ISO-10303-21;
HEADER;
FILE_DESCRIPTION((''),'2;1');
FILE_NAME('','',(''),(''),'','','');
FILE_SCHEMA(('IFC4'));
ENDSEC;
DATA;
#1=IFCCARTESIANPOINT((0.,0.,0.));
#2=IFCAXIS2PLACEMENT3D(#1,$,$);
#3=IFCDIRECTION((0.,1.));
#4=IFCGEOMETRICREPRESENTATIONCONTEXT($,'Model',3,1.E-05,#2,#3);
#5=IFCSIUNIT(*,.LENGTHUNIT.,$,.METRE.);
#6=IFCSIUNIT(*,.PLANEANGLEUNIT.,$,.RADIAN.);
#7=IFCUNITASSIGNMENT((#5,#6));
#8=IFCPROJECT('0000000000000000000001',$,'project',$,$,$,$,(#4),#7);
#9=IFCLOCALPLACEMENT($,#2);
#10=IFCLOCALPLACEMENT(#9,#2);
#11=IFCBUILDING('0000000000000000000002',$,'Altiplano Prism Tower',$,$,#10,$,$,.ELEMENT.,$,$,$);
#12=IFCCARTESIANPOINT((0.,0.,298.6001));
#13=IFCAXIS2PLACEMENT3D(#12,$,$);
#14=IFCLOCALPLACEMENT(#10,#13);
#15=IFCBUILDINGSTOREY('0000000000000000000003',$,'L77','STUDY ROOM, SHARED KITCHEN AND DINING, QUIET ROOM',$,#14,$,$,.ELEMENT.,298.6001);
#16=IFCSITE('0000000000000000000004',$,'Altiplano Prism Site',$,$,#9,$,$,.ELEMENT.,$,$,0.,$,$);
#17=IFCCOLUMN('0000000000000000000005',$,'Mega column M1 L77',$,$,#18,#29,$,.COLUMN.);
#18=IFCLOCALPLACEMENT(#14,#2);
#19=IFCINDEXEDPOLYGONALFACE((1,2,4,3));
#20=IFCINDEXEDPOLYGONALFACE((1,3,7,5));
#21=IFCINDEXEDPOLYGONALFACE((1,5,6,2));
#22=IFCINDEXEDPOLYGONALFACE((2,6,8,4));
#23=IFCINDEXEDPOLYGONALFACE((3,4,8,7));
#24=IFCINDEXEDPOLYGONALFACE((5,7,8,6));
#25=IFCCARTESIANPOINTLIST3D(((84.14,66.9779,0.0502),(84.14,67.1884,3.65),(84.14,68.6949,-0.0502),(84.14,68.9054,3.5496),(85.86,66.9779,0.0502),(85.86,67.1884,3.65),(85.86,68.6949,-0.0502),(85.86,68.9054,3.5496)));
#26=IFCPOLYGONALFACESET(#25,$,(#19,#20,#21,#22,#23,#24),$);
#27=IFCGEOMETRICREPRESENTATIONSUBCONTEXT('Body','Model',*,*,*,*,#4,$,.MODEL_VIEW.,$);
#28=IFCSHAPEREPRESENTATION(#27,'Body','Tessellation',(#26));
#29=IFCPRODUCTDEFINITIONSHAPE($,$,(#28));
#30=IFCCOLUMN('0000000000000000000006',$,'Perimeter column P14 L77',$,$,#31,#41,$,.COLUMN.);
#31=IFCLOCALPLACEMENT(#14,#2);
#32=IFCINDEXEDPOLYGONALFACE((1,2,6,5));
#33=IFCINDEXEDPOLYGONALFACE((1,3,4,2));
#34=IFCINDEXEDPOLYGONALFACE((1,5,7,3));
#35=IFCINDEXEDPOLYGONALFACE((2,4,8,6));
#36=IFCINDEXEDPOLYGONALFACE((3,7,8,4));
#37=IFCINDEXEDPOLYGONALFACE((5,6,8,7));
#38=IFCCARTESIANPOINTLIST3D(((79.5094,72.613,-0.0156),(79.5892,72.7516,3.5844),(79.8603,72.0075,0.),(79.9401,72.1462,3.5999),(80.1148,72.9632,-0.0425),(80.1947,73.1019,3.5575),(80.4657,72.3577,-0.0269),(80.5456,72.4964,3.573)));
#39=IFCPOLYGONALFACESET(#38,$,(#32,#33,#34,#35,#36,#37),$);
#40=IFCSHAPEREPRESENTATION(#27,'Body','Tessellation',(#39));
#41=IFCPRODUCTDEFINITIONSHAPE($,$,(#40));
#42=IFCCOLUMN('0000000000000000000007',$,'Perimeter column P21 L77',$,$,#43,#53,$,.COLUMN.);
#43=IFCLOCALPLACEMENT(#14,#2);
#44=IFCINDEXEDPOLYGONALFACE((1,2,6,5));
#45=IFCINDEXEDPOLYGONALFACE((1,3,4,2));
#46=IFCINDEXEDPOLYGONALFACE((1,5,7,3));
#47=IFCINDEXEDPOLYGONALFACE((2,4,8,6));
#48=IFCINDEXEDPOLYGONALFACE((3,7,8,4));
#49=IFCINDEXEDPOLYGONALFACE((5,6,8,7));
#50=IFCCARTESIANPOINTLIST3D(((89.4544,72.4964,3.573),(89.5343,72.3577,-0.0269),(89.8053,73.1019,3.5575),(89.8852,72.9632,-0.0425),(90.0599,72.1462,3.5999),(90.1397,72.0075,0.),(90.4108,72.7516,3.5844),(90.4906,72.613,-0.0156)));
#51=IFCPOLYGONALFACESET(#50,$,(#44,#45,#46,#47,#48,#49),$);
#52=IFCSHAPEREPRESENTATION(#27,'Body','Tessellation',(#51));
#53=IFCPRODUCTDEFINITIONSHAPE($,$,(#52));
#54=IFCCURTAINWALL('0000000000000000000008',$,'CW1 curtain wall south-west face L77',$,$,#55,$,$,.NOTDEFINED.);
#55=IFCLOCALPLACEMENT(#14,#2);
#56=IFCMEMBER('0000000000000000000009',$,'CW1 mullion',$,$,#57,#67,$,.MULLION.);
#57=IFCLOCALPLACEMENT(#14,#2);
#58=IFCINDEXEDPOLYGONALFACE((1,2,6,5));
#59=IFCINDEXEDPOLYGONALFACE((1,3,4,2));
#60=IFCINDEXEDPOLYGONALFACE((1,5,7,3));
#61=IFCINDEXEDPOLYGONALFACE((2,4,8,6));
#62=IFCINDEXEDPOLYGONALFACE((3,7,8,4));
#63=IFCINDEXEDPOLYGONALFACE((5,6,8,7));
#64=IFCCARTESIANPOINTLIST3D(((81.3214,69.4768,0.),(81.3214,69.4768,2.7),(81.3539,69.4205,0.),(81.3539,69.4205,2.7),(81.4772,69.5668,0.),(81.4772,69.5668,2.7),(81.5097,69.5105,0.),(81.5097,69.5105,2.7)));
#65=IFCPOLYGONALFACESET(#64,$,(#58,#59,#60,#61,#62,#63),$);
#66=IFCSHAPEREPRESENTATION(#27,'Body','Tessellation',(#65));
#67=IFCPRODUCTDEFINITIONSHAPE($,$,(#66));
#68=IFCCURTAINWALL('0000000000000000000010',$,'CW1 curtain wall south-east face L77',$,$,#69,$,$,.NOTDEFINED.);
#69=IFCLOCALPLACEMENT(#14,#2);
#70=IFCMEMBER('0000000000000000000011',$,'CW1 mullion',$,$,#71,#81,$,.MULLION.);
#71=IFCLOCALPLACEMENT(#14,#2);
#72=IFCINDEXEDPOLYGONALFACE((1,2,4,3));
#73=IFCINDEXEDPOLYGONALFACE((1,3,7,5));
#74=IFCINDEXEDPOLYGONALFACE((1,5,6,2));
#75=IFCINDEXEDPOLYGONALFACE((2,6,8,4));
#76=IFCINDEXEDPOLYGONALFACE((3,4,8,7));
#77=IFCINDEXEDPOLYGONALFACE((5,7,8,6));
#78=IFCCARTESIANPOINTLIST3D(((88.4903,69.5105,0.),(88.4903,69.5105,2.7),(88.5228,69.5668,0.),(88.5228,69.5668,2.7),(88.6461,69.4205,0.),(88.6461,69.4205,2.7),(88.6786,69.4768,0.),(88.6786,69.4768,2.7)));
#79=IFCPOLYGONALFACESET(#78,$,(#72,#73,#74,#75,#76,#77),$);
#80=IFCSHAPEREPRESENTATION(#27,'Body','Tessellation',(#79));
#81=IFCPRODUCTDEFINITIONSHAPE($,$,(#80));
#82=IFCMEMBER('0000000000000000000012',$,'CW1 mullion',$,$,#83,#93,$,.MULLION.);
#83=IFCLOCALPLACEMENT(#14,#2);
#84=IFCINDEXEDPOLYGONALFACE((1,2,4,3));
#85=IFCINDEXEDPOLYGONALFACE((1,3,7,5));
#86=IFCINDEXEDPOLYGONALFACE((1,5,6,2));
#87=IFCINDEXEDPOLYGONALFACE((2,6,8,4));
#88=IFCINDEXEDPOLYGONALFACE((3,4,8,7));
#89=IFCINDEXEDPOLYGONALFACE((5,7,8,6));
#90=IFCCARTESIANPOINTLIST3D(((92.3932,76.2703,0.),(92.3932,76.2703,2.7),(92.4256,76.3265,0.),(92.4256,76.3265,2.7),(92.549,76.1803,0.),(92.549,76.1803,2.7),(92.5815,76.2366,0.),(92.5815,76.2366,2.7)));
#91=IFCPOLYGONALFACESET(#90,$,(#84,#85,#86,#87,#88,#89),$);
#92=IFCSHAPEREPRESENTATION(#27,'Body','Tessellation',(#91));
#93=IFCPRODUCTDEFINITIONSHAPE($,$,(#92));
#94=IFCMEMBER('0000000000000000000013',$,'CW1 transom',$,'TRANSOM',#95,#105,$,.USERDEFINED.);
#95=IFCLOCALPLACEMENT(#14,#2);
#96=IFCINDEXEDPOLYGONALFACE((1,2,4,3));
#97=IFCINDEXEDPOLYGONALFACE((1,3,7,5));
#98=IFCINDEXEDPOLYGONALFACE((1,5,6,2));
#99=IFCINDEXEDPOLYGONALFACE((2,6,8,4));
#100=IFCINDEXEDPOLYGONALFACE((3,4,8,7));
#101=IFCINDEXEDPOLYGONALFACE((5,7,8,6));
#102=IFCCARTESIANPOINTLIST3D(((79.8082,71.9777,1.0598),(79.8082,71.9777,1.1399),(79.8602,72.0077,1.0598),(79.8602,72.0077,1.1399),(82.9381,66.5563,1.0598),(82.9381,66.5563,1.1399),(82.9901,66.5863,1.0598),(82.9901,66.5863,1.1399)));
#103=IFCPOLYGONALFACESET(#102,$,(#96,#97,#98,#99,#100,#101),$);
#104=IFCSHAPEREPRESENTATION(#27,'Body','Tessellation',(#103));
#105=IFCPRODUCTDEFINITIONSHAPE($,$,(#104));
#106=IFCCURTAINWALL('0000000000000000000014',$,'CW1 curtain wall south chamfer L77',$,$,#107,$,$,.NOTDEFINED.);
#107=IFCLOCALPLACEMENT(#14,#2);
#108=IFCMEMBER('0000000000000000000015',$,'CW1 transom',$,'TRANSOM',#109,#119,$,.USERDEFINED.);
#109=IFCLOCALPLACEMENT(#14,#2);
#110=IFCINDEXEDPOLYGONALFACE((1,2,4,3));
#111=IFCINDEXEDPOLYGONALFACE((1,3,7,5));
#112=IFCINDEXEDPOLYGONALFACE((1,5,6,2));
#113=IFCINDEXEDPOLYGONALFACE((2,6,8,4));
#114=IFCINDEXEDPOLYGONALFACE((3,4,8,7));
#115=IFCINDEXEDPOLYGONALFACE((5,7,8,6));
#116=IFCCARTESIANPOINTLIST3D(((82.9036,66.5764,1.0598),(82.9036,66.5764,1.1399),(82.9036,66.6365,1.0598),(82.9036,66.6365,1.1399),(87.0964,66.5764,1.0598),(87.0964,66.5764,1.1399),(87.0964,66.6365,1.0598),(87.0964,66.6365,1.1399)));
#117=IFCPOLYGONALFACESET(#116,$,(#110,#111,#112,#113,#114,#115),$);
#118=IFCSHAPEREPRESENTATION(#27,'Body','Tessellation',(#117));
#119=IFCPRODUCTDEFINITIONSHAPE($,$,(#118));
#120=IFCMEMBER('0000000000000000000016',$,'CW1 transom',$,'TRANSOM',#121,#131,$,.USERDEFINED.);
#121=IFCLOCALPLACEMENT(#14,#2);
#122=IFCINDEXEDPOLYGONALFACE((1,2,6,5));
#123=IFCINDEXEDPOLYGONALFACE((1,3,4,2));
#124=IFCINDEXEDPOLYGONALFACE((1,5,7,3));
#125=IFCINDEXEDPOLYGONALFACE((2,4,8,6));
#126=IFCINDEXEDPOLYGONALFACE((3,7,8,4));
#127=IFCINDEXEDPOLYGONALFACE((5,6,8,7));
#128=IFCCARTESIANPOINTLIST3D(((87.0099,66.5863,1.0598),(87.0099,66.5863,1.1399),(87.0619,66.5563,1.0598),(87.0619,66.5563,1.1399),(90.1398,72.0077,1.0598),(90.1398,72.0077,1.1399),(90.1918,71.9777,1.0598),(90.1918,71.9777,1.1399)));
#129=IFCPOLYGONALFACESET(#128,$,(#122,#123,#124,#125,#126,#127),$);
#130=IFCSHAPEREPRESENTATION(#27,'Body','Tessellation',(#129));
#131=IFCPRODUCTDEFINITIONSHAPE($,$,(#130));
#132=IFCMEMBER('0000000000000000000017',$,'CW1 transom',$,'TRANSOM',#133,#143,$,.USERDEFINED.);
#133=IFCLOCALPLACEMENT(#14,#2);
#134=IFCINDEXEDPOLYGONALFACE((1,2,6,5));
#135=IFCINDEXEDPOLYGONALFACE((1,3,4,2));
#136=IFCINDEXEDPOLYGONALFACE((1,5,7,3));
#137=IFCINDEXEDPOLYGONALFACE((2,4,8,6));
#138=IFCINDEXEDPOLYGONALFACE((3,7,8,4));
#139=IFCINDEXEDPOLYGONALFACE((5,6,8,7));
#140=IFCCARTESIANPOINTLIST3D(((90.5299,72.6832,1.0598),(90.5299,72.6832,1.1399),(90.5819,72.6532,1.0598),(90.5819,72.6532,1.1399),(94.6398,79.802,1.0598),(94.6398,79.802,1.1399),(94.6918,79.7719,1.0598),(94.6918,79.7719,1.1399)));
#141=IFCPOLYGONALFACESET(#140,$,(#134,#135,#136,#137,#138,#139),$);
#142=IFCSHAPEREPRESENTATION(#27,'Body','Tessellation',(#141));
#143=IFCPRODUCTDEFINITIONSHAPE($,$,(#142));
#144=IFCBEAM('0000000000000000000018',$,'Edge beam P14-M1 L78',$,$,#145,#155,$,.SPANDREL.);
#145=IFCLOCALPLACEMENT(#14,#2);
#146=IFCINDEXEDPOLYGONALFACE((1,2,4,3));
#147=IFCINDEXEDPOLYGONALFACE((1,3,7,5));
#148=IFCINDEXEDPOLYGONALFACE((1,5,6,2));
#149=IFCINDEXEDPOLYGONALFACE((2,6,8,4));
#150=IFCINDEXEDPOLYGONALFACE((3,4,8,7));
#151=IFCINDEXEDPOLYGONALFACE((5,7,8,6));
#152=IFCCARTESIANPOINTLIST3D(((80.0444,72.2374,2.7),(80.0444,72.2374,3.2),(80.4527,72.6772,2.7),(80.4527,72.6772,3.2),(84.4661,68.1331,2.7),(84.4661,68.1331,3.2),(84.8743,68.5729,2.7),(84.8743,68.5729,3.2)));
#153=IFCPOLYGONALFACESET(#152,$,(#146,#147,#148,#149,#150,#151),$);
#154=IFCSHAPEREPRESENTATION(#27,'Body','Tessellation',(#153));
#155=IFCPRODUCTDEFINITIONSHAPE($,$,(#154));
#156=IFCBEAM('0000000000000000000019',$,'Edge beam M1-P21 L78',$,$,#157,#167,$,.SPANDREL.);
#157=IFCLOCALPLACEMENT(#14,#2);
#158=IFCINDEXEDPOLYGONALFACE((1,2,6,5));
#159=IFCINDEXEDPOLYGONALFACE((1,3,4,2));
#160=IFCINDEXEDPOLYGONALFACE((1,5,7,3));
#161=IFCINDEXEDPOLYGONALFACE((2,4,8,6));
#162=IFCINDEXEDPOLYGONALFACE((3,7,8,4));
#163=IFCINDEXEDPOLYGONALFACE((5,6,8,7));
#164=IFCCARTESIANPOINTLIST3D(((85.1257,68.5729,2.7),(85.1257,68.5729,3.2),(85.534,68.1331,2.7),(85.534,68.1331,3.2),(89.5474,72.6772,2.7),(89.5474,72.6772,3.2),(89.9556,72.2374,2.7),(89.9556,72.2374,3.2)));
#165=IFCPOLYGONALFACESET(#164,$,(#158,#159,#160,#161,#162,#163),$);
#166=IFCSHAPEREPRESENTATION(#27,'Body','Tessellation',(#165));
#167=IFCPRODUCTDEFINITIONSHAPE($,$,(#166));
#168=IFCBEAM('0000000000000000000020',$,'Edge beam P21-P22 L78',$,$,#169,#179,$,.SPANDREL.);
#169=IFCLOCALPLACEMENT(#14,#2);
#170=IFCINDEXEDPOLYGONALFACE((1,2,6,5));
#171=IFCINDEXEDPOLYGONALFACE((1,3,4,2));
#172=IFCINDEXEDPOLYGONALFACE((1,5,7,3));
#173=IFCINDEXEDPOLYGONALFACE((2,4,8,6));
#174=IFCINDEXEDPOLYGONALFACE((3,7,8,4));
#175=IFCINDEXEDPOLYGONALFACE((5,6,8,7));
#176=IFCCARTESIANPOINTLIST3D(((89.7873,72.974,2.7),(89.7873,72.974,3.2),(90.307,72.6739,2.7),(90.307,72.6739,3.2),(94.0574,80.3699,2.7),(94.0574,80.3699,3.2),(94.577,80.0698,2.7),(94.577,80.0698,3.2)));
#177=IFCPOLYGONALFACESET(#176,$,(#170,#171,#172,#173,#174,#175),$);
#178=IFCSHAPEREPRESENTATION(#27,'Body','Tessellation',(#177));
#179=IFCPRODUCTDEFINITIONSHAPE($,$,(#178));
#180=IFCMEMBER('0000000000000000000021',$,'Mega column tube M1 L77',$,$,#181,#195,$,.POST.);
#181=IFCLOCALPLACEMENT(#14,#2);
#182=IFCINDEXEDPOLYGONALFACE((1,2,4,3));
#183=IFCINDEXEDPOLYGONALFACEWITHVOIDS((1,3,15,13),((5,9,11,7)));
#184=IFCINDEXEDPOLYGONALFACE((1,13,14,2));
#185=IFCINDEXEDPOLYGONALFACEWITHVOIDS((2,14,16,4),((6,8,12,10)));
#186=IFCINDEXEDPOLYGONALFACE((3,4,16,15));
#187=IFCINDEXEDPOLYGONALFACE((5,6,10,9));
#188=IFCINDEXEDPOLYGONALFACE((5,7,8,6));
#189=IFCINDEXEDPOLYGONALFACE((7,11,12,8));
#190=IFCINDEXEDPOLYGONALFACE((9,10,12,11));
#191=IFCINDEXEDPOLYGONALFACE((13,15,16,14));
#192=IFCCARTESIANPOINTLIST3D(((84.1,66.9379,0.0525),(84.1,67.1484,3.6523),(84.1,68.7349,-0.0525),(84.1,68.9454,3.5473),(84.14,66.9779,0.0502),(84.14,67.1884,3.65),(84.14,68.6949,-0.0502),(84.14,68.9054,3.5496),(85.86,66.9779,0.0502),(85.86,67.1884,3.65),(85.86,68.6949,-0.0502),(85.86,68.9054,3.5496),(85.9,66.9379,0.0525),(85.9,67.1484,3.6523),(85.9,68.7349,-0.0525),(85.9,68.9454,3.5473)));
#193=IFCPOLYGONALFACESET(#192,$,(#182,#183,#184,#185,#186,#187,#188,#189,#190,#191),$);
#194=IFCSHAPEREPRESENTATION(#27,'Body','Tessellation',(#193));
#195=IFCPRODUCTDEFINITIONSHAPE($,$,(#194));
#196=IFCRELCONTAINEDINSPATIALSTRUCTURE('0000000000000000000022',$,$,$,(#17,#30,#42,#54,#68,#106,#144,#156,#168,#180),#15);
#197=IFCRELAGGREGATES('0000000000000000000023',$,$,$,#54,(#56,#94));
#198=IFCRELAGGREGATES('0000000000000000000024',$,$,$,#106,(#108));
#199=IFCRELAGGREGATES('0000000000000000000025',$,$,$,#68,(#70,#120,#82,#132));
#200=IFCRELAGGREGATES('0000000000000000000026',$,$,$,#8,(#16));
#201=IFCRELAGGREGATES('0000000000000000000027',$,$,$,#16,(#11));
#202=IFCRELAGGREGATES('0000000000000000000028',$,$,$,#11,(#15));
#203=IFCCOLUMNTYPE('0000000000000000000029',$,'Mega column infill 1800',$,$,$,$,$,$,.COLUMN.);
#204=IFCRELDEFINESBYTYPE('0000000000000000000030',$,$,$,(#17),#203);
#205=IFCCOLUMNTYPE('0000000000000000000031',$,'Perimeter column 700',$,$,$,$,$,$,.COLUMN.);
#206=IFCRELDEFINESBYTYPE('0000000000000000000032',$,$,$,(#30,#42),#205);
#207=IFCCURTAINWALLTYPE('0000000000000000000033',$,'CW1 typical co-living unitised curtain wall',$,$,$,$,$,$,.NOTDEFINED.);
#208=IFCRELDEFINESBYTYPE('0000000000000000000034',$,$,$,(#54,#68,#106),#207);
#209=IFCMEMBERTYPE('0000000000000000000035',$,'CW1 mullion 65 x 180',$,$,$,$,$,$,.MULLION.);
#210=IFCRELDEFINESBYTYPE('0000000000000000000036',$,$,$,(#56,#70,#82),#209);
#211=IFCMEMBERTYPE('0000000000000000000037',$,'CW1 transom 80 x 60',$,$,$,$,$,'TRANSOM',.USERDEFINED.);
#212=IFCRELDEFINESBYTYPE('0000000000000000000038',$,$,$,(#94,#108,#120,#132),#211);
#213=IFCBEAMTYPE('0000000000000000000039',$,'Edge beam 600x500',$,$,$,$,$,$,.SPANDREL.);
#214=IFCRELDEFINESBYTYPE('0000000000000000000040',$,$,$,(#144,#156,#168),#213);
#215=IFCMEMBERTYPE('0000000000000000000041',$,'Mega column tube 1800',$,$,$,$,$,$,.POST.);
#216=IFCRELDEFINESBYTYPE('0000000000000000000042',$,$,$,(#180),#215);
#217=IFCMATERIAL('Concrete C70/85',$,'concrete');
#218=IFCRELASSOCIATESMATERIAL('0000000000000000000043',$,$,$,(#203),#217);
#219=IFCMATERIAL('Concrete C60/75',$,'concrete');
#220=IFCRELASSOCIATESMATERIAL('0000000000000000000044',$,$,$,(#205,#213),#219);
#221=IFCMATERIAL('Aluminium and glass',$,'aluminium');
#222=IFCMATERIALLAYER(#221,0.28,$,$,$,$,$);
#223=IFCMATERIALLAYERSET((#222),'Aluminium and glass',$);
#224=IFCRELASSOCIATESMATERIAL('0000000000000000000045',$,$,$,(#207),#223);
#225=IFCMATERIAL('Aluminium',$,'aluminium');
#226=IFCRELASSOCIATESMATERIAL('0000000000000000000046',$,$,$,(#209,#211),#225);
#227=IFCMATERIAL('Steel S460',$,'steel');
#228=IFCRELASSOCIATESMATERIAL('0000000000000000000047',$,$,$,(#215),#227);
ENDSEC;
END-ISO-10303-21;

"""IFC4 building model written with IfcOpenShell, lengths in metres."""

from ifc_helpers import new_model, si_unit, direction, frame, origin, origin_2d, place, context, subcontext, project, spatial, rectangle, hollow_rectangle, extrude, material, layer, layer_set, material_profile, profile_set, type_object, element, aggregate, save


model = new_model("IFC4")

# Units and contexts
model_context = context("Model", 3, precision=1e-05, world=origin(), true_north=direction((0.0, 1.0)))
body_context = subcontext(model_context, "Body", "Model", "MODEL_VIEW")
ifc_project = project(units=[si_unit("LENGTHUNIT", "METRE"), si_unit("PLANEANGLEUNIT", "RADIAN")], contexts=[model_context])

# Site, building, storey
site_placement = place(None, origin())
site = spatial("IfcSite", under=ifc_project, at=site_placement, Name="Altiplano Prism Site", CompositionType="ELEMENT", RefElevation=0.0)
building_placement = place(site_placement, origin())
building = spatial("IfcBuilding", under=site, at=building_placement, Name="Altiplano Prism Tower", CompositionType="ELEMENT")
storey_placement = place(building_placement, frame((0.0, 0.0, 298.6001)))
storey = spatial("IfcBuildingStorey", under=building, at=storey_placement, Name="L77", Description="STUDY ROOM, SHARED KITCHEN AND DINING, QUIET ROOM", CompositionType="ELEMENT", Elevation=298.6001)

# Columns
ifc_material_1 = material(Name="Concrete C70/85", Category="concrete")
ifc_material_profile_1 = material_profile(ifc_material_1, rectangle(XDim=1.72, YDim=1.72, at=origin_2d()), Name="Mega column infill 1800")
ifc_profile_set_1 = profile_set([ifc_material_profile_1], Name="Concrete C70/85")
column_type_1 = type_object("IfcColumnType", Name="Mega column infill 1800", PredefinedType="COLUMN", material=ifc_profile_set_1)
column_placement = place(storey_placement, frame((85.0, 67.8364, 0.0), z_axis=(0.0, 0.058361, 0.998296), x_axis=(-1.0, 0.0, 0.0)))
element("IfcColumn", 1, at=column_placement, inside=storey, type_object=column_type_1, Name="Mega column M1 L77", PredefinedType="COLUMN", context=body_context, shape_type="SweptSolid", body=[
    extrude(rectangle(XDim=1.72, YDim=1.72, at=origin_2d()), origin(), (0.0, 0.0, 1.0), 3.606),
])
ifc_material_2 = material(Name="Concrete C60/75", Category="concrete")
ifc_material_profile_2 = material_profile(ifc_material_2, rectangle(XDim=0.7, YDim=0.7, at=origin_2d()), Name="Perimeter column 700")
ifc_profile_set_2 = profile_set([ifc_material_profile_2], Name="Concrete C60/75")
column_type_2 = type_object("IfcColumnType", Name="Perimeter column 700", PredefinedType="COLUMN", material=ifc_profile_set_2)
for number, where, z_axis, x_axis, name in (
    (2, (79.9875, 72.4854, -0.0212), (0.022155, 0.038484, 0.999014), (-0.864978, -0.500334, 0.038456), "Perimeter column P14 L77"),
    (3, (90.0125, 72.4854, -0.0212), (-0.022155, 0.038484, 0.999014), (-0.50132, -0.864977, 0.022202), "Perimeter column P21 L77"),
):
    element("IfcColumn", number, at=place(storey_placement, frame(where, z_axis=z_axis, x_axis=x_axis)), inside=storey, type_object=column_type_2, Name=name, PredefinedType="COLUMN", context=body_context, shape_type="SweptSolid", body=[
        extrude(rectangle(XDim=0.7, YDim=0.7, at=origin_2d()), origin(), (0.0, 0.0, 1.0), 3.6035),
    ])

# Curtain wall, member
ifc_material_3 = material(Name="Aluminium and glass", Category="aluminium")
ifc_layer_1 = layer(ifc_material_3, 0.28)
ifc_layer_set_1 = layer_set([ifc_layer_1], Name="Aluminium and glass")
curtain_wall_type = type_object("IfcCurtainWallType", Name="CW1 typical co-living unitised curtain wall", PredefinedType="NOTDEFINED", material=ifc_layer_set_1)
curtain_wall_1_placement = place(storey_placement, origin())
curtain_wall_1 = element("IfcCurtainWall", 4, at=curtain_wall_1_placement, inside=storey, type_object=curtain_wall_type, Name="CW1 curtain wall south-west face L77", PredefinedType="NOTDEFINED")
ifc_material_4 = material(Name="Aluminium", Category="aluminium")
ifc_material_profile_3 = material_profile(ifc_material_4, rectangle(XDim=0.1799, YDim=0.0649, at=origin_2d()), Name="CW1 mullion 65 x 180")
ifc_profile_set_3 = profile_set([ifc_material_profile_3], Name="Aluminium")
member_type_1 = type_object("IfcMemberType", Name="CW1 mullion 65 x 180", PredefinedType="MULLION", material=ifc_profile_set_3)
member_1_placement = place(storey_placement, frame((81.4155, 69.4937, 0.0), z_axis=(0.0, 0.0, 1.0), x_axis=(0.866025, 0.5, 0.0)))
member_1 = element("IfcMember", 5, at=member_1_placement, type_object=member_type_1, Name="CW1 mullion", PredefinedType="MULLION", context=body_context, shape_type="SweptSolid", body=[
    extrude(rectangle(XDim=0.1799, YDim=0.0649, at=origin_2d()), origin(), (0.0, 0.0, 1.0), 2.7),
])

# Curtain wall, members
curtain_wall_2_placement = place(storey_placement, origin())
curtain_wall_2 = element("IfcCurtainWall", 6, at=curtain_wall_2_placement, inside=storey, type_object=curtain_wall_type, Name="CW1 curtain wall south-east face L77", PredefinedType="NOTDEFINED")
member_2_placement = place(storey_placement, frame((88.5845, 69.4937, 0.0), z_axis=(0.0, 0.0, 1.0), x_axis=(-0.866025, 0.5, 0.0)))
member_2 = element("IfcMember", 7, at=member_2_placement, type_object=member_type_1, Name="CW1 mullion", PredefinedType="MULLION", context=body_context, shape_type="SweptSolid", body=[
    extrude(rectangle(XDim=0.1799, YDim=0.0649, at=origin_2d()), origin(), (0.0, 0.0, 1.0), 2.7),
])
member_3_placement = place(storey_placement, frame((92.4873, 76.2534, 0.0), z_axis=(0.0, 0.0, 1.0), x_axis=(-0.866025, 0.5, 0.0)))
member_3 = element("IfcMember", 8, at=member_3_placement, type_object=member_type_1, Name="CW1 mullion", PredefinedType="MULLION", context=body_context, shape_type="SweptSolid", body=[
    extrude(rectangle(XDim=0.1799, YDim=0.0649, at=origin_2d()), origin(), (0.0, 0.0, 1.0), 2.7),
])

# Member
ifc_material_profile_4 = material_profile(ifc_material_4, rectangle(XDim=0.0601, YDim=0.0801, at=origin_2d()), Name="CW1 transom 80 x 60")
ifc_profile_set_4 = profile_set([ifc_material_profile_4], Name="Aluminium")
member_type_2 = type_object("IfcMemberType", Name="CW1 transom 80 x 60", ElementType="TRANSOM", PredefinedType="USERDEFINED", material=ifc_profile_set_4)
member_4_placement = place(storey_placement, frame((79.8342, 71.9927, 1.0999), z_axis=(0.499981, -0.866036, 0.0), x_axis=(0.866036, 0.499981, 0.0)))
member_4 = element("IfcMember", 9, at=member_4_placement, type_object=member_type_2, Name="CW1 transom", ObjectType="TRANSOM", PredefinedType="USERDEFINED", context=body_context, shape_type="SweptSolid", body=[
    extrude(rectangle(XDim=0.0601, YDim=0.0801, at=origin_2d()), origin(), (0.0, 0.0, 1.0), 6.26),
])

# Curtain wall, member
curtain_wall_3_placement = place(storey_placement, origin())
curtain_wall_3 = element("IfcCurtainWall", 10, at=curtain_wall_3_placement, inside=storey, type_object=curtain_wall_type, Name="CW1 curtain wall south chamfer L77", PredefinedType="NOTDEFINED")
member_5_placement = place(storey_placement, frame((82.9036, 66.6064, 1.0999), z_axis=(1.0, 0.0, 0.0), x_axis=(0.0, 1.0, 0.0)))
member_5 = element("IfcMember", 11, at=member_5_placement, type_object=member_type_2, Name="CW1 transom", ObjectType="TRANSOM", PredefinedType="USERDEFINED", context=body_context, shape_type="SweptSolid", body=[
    extrude(rectangle(XDim=0.0601, YDim=0.0801, at=origin_2d()), origin(), (0.0, 0.0, 1.0), 4.1929),
])

# Members
member_6_placement = place(storey_placement, frame((87.0359, 66.5713, 1.0999), z_axis=(0.499981, 0.866036, 0.0), x_axis=(-0.866036, 0.499981, 0.0)))
member_6 = element("IfcMember", 12, at=member_6_placement, type_object=member_type_2, Name="CW1 transom", ObjectType="TRANSOM", PredefinedType="USERDEFINED", context=body_context, shape_type="SweptSolid", body=[
    extrude(rectangle(XDim=0.0601, YDim=0.0801, at=origin_2d()), origin(), (0.0, 0.0, 1.0), 6.26),
])
member_7_placement = place(storey_placement, frame((90.5559, 72.6682, 1.0999), z_axis=(0.499992, 0.86603, 0.0), x_axis=(-0.86603, 0.499992, 0.0)))
member_7 = element("IfcMember", 13, at=member_7_placement, type_object=member_type_2, Name="CW1 transom", ObjectType="TRANSOM", PredefinedType="USERDEFINED", context=body_context, shape_type="SweptSolid", body=[
    extrude(rectangle(XDim=0.0601, YDim=0.0801, at=origin_2d()), origin(), (0.0, 0.0, 1.0), 8.22),
])

# Beams
ifc_material_profile_5 = material_profile(ifc_material_2, rectangle(XDim=0.6001, YDim=0.5, at=origin_2d()), Name="Edge beam 600x500")
ifc_profile_set_5 = profile_set([ifc_material_profile_5], Name="Concrete C60/75")
beam_type = type_object("IfcBeamType", Name="Edge beam 600x500", PredefinedType="SPANDREL", material=ifc_profile_set_5)
for number, where, z_axis, x_axis, name in (
    (14, (80.2485, 72.4573, 2.95), (0.732922, -0.680313, 0.0), (0.680313, 0.732922, 0.0), "Edge beam P14-M1 L78"),
    (15, (85.3298, 68.353, 2.95), (0.732922, 0.680313, 0.0), (-0.680313, 0.732922, 0.0), "Edge beam M1-P21 L78"),
):
    element("IfcBeam", number, at=place(storey_placement, frame(where, z_axis=z_axis, x_axis=x_axis)), inside=storey, type_object=beam_type, Name=name, PredefinedType="SPANDREL", context=body_context, shape_type="SweptSolid", body=[
        extrude(rectangle(XDim=0.6001, YDim=0.5, at=origin_2d()), origin(), (0.0, 0.0, 1.0), 6.033),
    ])
beam_placement = place(storey_placement, frame((90.0471, 72.824, 2.95), z_axis=(0.500007, 0.866021, 0.0), x_axis=(-0.866021, 0.500007, 0.0)))
element("IfcBeam", 16, at=beam_placement, inside=storey, type_object=beam_type, Name="Edge beam P21-P22 L78", PredefinedType="SPANDREL", context=body_context, shape_type="SweptSolid", body=[
    extrude(rectangle(XDim=0.6001, YDim=0.5, at=origin_2d()), origin(), (0.0, 0.0, 1.0), 8.54),
])

# Member
ifc_material_5 = material(Name="Steel S460", Category="steel")
ifc_material_profile_6 = material_profile(ifc_material_5, hollow_rectangle(XDim=1.8, YDim=1.8, WallThickness=0.04, at=origin_2d()), Name="Mega column tube 1800")
ifc_profile_set_6 = profile_set([ifc_material_profile_6], Name="Steel S460")
member_type_3 = type_object("IfcMemberType", Name="Mega column tube 1800", PredefinedType="POST", material=ifc_profile_set_6)
member_8_placement = place(storey_placement, frame((85.0, 67.8364, 0.0), z_axis=(0.0, 0.058361, 0.998296), x_axis=(-1.0, 0.0, 0.0)))
element("IfcMember", 17, at=member_8_placement, inside=storey, type_object=member_type_3, Name="Mega column tube M1 L77", PredefinedType="POST", context=body_context, shape_type="SweptSolid", body=[
    extrude(hollow_rectangle(XDim=1.8, YDim=1.8, WallThickness=0.04, at=origin_2d()), origin(), (0.0, 0.0, 1.0), 3.606),
])

aggregate(curtain_wall_1, [member_1, member_4])
aggregate(curtain_wall_3, [member_5])
aggregate(curtain_wall_2, [member_2, member_6, member_3, member_7])

save(model, "model.ifc")
